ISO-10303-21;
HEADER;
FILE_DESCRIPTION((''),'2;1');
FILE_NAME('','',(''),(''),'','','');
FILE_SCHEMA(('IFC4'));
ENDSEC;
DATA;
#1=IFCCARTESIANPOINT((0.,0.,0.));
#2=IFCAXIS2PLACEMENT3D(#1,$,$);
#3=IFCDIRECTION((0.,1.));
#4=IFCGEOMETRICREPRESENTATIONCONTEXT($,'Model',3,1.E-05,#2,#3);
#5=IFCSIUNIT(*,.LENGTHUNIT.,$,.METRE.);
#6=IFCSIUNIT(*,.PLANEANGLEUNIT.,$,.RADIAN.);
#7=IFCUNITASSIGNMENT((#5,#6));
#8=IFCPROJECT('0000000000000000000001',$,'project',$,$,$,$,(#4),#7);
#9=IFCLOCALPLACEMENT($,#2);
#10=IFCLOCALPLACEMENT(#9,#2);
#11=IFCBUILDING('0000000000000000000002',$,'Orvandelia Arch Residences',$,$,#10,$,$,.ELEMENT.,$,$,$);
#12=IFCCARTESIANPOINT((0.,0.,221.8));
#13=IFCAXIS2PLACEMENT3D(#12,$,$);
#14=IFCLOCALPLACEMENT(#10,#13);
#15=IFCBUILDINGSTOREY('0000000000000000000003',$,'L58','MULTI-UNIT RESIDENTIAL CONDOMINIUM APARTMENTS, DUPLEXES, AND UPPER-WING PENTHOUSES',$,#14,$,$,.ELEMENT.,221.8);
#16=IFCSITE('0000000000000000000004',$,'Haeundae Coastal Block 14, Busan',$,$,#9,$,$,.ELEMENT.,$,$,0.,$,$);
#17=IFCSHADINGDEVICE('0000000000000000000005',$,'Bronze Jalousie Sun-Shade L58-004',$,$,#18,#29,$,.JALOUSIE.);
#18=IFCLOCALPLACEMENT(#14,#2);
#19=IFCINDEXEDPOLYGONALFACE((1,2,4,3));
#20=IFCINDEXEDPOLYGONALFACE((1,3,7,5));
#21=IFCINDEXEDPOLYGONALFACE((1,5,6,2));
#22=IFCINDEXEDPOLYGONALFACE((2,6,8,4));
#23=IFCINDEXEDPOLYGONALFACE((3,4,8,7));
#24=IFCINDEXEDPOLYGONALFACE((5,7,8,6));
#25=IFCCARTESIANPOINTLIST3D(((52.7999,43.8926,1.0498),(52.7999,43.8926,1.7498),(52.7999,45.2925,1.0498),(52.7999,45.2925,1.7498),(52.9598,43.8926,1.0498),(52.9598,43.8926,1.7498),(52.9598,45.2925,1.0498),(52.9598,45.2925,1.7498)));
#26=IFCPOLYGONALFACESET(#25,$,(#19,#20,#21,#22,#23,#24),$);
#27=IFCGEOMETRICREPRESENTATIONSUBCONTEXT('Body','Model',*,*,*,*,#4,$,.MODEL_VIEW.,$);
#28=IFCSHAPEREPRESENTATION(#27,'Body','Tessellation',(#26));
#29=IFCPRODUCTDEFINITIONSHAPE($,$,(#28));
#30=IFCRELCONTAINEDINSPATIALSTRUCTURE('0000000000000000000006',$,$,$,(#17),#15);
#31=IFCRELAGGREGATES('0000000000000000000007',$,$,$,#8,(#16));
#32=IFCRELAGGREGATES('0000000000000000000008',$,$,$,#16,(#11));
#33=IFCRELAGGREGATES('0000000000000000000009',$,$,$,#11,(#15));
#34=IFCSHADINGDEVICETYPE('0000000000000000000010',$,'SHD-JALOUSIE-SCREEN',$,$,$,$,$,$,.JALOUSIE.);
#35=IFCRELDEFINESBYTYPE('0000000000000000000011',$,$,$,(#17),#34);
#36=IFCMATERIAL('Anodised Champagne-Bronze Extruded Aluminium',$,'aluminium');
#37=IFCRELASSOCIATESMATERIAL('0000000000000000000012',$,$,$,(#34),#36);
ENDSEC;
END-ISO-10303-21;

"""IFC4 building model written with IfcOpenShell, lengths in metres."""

from ifc_helpers import new_model, si_unit, direction, frame, origin, origin_2d, place, context, subcontext, project, spatial, rectangle, extrude, material, type_object, element, save


model = new_model("IFC4")

# Units and contexts
model_context = context("Model", 3, precision=1e-05, world=origin(), true_north=direction((0.0, 1.0)))
body_context = subcontext(model_context, "Body", "Model", "MODEL_VIEW")
ifc_project = project(units=[si_unit("LENGTHUNIT", "METRE"), si_unit("PLANEANGLEUNIT", "RADIAN")], contexts=[model_context])

# Site, building, storey
site_placement = place(None, origin())
site = spatial("IfcSite", under=ifc_project, at=site_placement, Name="Haeundae Coastal Block 14, Busan", CompositionType="ELEMENT", RefElevation=0.0)
building_placement = place(site_placement, origin())
building = spatial("IfcBuilding", under=site, at=building_placement, Name="Orvandelia Arch Residences", CompositionType="ELEMENT")
storey_placement = place(building_placement, frame((0.0, 0.0, 221.8)))
storey = spatial("IfcBuildingStorey", under=building, at=storey_placement, Name="L58", Description="MULTI-UNIT RESIDENTIAL CONDOMINIUM APARTMENTS, DUPLEXES, AND UPPER-WING PENTHOUSES", CompositionType="ELEMENT", Elevation=221.8)

# Shading device
ifc_material_1 = material(Name="Anodised Champagne-Bronze Extruded Aluminium", Category="aluminium")
shading_device_type = type_object("IfcShadingDeviceType", Name="SHD-JALOUSIE-SCREEN", PredefinedType="JALOUSIE", material=ifc_material_1)
shading_device_placement = place(storey_placement, frame((52.8799, 44.5925, 1.0498), z_axis=(0.0, 0.0, 1.0), x_axis=(0.0, -1.0, 0.0)))
element("IfcShadingDevice", 1, at=shading_device_placement, inside=storey, type_object=shading_device_type, Name="Bronze Jalousie Sun-Shade L58-004", PredefinedType="JALOUSIE", context=body_context, shape_type="SweptSolid", body=[
    extrude(rectangle(XDim=1.3999, YDim=0.1599, at=origin_2d()), origin(), (0.0, 0.0, 1.0), 0.7),
])

save(model, "model.ifc")
